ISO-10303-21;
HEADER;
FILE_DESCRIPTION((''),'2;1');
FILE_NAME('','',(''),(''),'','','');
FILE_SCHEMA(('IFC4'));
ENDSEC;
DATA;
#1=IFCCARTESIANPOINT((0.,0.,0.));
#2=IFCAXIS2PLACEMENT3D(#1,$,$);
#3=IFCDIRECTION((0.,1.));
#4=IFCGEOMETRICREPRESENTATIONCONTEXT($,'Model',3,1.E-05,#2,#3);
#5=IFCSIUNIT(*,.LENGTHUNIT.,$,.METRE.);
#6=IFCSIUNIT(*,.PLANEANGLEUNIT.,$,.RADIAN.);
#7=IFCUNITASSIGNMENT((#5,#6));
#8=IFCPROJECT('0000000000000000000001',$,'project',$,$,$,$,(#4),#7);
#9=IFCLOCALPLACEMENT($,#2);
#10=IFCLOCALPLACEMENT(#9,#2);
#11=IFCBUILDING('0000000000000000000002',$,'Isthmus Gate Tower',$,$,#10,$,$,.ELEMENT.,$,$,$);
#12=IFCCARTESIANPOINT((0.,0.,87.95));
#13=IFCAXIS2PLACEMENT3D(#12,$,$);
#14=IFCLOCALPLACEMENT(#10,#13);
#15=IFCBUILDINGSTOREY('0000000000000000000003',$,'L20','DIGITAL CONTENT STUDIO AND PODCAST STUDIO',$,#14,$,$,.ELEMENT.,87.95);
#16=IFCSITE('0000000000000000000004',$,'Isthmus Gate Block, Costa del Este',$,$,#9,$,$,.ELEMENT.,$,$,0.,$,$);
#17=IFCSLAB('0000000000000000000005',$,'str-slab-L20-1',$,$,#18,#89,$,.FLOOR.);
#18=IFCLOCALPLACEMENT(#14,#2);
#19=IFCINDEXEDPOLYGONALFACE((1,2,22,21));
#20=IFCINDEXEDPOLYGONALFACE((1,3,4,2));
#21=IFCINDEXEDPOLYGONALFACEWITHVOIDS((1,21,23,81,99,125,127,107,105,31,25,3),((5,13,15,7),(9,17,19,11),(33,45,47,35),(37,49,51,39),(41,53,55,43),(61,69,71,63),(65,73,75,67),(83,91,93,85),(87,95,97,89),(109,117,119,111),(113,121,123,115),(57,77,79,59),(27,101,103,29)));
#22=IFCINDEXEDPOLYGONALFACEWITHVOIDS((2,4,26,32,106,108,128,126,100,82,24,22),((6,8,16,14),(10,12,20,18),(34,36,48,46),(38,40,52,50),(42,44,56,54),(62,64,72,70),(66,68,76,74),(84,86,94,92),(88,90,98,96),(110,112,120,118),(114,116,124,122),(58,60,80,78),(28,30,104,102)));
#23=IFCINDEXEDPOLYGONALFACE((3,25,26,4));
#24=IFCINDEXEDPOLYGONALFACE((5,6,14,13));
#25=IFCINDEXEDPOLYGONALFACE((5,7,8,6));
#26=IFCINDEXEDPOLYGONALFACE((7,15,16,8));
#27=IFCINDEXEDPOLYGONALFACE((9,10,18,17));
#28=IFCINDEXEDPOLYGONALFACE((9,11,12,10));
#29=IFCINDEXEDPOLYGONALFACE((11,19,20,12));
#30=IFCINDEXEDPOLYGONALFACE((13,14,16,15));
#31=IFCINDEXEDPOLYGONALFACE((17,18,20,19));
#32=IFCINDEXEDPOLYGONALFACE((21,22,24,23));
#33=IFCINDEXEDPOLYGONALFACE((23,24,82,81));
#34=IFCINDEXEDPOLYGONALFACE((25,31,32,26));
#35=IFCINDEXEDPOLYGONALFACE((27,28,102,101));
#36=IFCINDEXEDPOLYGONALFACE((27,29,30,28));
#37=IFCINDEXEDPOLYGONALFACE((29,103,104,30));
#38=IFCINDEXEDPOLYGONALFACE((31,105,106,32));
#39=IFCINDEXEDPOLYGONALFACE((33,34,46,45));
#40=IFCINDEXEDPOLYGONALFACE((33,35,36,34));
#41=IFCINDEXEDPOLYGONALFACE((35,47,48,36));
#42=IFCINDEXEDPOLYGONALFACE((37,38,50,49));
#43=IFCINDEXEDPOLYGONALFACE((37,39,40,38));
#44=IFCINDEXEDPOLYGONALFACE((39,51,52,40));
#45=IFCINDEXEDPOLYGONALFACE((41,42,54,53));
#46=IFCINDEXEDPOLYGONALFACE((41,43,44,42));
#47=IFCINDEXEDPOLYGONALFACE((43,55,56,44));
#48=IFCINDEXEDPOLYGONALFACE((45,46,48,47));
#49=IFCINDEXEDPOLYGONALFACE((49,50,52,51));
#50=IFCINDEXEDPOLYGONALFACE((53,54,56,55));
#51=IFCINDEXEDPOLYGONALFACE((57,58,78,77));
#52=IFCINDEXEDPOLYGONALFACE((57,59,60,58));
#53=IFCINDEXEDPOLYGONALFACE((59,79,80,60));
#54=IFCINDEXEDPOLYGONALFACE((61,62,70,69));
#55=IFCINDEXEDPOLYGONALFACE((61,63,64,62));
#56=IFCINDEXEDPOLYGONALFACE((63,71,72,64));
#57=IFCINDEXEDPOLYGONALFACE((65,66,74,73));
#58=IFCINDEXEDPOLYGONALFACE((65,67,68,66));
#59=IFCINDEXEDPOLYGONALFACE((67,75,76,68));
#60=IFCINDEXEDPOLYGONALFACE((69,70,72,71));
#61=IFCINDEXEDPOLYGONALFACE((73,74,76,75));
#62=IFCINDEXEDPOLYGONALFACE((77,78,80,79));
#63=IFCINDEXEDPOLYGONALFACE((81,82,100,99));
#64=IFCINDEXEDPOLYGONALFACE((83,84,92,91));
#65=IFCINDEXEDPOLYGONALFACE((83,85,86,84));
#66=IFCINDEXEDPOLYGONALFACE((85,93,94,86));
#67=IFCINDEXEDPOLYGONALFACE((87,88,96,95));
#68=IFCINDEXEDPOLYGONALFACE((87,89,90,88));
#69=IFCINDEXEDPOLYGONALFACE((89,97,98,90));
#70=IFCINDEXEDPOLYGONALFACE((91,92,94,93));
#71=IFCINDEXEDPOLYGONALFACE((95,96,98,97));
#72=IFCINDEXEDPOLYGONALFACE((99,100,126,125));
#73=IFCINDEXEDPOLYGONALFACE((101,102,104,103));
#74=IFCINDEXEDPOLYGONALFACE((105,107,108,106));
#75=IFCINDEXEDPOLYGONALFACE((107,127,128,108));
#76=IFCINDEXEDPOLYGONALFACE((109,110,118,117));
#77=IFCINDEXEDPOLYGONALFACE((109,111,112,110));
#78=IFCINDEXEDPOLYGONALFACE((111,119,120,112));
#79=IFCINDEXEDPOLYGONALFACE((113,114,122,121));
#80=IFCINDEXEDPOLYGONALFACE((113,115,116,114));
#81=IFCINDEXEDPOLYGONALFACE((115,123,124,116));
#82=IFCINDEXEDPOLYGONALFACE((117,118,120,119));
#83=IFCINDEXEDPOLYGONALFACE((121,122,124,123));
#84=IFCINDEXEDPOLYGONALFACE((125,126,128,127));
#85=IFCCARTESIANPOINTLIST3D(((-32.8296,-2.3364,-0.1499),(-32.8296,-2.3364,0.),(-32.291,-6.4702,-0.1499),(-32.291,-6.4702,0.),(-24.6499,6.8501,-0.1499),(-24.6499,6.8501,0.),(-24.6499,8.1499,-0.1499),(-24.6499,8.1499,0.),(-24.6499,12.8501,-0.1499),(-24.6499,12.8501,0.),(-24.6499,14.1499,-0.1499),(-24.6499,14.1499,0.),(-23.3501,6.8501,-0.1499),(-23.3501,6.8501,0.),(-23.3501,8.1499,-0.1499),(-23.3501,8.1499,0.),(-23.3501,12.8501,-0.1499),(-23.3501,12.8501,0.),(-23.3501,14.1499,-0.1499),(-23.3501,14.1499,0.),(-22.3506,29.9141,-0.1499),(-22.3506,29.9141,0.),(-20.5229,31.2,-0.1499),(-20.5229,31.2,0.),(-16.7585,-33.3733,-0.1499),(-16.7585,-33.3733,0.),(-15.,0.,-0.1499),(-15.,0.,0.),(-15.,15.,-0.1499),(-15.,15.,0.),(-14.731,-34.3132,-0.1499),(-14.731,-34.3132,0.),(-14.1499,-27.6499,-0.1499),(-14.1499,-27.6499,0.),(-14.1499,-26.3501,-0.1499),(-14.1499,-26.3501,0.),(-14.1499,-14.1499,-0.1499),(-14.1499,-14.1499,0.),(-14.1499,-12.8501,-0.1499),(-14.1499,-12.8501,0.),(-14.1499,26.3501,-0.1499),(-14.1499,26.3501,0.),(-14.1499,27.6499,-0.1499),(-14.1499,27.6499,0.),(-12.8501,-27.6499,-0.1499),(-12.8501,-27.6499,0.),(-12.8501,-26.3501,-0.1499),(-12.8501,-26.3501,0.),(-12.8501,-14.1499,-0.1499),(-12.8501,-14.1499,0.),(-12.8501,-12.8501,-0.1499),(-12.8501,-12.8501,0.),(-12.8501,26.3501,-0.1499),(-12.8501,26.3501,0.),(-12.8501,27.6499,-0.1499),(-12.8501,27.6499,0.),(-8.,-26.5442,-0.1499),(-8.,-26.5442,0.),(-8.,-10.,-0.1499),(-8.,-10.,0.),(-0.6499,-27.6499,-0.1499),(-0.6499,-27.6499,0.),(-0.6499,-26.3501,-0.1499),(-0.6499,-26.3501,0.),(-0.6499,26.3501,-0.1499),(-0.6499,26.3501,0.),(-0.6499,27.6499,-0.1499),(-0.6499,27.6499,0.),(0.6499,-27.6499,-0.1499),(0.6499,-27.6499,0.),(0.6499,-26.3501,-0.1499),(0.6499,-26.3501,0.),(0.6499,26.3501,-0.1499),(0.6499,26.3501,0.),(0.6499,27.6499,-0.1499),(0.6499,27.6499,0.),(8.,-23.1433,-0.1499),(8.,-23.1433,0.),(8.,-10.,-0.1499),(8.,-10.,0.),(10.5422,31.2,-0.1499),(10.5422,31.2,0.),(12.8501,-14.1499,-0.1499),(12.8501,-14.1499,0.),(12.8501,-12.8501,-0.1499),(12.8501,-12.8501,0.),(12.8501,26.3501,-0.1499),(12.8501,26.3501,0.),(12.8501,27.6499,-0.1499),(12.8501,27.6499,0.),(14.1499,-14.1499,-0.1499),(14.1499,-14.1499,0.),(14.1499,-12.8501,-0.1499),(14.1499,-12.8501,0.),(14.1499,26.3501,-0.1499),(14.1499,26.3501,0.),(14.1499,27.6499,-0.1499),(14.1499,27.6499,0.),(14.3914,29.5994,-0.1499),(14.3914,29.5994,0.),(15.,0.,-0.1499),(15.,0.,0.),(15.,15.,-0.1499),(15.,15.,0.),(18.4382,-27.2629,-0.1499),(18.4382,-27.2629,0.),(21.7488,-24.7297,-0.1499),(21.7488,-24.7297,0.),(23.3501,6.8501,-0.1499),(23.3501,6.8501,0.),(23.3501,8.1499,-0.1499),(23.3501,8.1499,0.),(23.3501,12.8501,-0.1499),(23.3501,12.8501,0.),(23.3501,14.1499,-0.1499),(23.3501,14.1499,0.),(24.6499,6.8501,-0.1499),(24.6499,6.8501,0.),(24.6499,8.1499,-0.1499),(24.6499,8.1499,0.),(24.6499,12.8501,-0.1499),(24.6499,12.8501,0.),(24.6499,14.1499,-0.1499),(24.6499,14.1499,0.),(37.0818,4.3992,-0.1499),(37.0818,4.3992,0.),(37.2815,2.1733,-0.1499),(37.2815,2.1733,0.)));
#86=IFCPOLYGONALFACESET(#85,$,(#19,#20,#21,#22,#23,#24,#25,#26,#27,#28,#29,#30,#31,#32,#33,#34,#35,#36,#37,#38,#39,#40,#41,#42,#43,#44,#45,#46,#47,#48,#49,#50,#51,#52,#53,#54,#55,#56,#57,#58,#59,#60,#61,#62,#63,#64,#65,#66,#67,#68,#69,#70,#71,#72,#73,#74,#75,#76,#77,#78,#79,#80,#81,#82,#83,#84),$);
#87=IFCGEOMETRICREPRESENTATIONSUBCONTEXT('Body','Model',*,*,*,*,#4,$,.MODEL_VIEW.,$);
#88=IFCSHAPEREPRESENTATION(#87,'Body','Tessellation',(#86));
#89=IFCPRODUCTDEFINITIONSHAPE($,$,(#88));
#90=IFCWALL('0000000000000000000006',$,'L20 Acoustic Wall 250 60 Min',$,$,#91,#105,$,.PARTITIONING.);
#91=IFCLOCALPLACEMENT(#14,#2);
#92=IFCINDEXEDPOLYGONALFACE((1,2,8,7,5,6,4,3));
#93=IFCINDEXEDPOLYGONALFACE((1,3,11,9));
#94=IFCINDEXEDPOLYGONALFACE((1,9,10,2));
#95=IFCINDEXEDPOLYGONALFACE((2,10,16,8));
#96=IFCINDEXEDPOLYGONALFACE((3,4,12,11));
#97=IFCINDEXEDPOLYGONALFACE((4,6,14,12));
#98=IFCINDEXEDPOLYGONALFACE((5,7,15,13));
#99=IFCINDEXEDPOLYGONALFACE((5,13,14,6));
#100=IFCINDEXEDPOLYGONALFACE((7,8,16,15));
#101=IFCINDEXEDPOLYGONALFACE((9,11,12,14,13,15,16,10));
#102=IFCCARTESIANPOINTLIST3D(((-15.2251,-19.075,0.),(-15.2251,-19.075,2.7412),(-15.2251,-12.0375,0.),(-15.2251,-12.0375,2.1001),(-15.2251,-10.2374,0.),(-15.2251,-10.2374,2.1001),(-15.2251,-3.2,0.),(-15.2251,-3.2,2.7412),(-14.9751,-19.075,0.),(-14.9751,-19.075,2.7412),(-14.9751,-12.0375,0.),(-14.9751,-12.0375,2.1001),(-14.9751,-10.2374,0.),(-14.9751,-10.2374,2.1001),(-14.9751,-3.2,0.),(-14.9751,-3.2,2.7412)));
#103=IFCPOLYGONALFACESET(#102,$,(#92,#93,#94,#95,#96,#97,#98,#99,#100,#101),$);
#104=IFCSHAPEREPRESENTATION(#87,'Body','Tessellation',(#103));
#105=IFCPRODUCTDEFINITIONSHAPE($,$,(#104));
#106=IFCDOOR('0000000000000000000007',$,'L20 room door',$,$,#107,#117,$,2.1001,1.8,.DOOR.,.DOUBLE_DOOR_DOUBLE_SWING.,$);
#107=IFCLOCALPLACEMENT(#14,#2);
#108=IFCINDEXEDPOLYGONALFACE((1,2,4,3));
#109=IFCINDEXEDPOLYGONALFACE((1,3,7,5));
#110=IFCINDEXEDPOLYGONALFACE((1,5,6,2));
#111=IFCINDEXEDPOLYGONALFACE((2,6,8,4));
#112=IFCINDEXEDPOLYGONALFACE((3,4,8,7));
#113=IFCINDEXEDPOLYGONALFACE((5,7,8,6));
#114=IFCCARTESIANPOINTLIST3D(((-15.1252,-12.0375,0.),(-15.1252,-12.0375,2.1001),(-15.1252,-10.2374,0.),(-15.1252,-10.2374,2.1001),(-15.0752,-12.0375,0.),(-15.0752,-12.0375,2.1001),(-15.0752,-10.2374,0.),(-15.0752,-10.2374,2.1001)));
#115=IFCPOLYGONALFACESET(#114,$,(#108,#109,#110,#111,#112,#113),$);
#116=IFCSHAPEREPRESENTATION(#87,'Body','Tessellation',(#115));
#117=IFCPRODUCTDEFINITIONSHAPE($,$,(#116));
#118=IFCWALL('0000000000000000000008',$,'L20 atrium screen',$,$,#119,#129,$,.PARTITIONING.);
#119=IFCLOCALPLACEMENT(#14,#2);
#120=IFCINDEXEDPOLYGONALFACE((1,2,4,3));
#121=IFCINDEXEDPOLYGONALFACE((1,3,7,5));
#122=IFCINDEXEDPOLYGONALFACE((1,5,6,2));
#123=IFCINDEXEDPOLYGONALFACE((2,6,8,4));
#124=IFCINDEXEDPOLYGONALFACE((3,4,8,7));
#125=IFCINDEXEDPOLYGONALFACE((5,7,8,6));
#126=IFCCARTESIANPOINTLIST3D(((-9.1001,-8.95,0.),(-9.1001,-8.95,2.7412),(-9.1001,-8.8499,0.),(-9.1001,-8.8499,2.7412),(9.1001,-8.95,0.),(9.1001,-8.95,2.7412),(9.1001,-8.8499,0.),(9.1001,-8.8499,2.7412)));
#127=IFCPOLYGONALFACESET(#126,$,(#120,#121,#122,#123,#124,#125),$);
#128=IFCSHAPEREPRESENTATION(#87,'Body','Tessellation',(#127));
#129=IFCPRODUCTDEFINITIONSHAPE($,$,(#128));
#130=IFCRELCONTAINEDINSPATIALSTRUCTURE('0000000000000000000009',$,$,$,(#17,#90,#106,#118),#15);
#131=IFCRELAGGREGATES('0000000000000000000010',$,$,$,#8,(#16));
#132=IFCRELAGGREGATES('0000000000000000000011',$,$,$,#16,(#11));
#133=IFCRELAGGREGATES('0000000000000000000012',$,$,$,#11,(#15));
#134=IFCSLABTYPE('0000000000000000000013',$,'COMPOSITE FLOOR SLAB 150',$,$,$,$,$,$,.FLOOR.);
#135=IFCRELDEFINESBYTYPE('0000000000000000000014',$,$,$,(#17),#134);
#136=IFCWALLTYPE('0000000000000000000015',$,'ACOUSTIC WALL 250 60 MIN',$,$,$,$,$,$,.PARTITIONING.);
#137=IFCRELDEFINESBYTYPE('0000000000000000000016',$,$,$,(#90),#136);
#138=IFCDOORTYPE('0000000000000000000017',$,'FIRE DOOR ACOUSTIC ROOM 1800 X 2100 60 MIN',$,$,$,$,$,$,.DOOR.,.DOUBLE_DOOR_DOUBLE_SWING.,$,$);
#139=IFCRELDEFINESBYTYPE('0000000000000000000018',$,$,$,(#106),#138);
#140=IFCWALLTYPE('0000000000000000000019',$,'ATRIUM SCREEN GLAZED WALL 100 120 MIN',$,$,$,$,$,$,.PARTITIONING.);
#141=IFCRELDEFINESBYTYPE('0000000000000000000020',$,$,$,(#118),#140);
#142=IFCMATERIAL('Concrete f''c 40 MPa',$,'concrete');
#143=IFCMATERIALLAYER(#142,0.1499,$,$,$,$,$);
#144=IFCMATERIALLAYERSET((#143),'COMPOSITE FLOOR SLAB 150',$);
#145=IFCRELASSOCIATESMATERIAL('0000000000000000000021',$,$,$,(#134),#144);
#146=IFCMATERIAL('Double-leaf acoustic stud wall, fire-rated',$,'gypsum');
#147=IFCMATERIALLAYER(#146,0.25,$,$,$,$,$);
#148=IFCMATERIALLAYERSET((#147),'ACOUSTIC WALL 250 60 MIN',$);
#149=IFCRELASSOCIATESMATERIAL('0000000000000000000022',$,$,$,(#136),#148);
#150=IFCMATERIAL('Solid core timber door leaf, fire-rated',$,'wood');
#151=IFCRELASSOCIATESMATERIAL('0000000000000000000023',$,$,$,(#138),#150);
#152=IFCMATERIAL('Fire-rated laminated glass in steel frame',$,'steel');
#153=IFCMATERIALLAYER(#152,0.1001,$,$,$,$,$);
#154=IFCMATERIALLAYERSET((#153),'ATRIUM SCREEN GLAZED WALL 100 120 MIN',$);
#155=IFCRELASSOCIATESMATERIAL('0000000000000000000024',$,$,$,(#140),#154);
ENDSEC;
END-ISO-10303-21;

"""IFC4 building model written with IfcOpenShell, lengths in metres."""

from ifc_helpers import new_model, si_unit, direction, frame, frame_2d, origin, place, context, subcontext, project, spatial, polyline, rectangle, outline, extrude, material, layer, layer_set, type_object, element, fill, save


model = new_model("IFC4")

# Units and contexts
model_context = context("Model", 3, precision=1e-05, world=origin(), true_north=direction((0.0, 1.0)))
body_context = subcontext(model_context, "Body", "Model", "MODEL_VIEW")
ifc_project = project(units=[si_unit("LENGTHUNIT", "METRE"), si_unit("PLANEANGLEUNIT", "RADIAN")], contexts=[model_context])

# Site, building, storey
site_placement = place(None, origin())
site = spatial("IfcSite", under=ifc_project, at=site_placement, Name="Isthmus Gate Block, Costa del Este", CompositionType="ELEMENT", RefElevation=0.0)
building_placement = place(site_placement, origin())
building = spatial("IfcBuilding", under=site, at=building_placement, Name="Isthmus Gate Tower", CompositionType="ELEMENT")
storey_placement = place(building_placement, frame((0.0, 0.0, 87.95)))
storey = spatial("IfcBuildingStorey", under=building, at=storey_placement, Name="L20", Description="DIGITAL CONTENT STUDIO AND PODCAST STUDIO", CompositionType="ELEMENT", Elevation=87.95)

# Slab
ifc_material_1 = material(Name="Concrete f'c 40 MPa", Category="concrete")
ifc_layer_1 = layer(ifc_material_1, 0.1499)
ifc_layer_set_1 = layer_set([ifc_layer_1], Name="COMPOSITE FLOOR SLAB 150")
slab_type = type_object("IfcSlabType", Name="COMPOSITE FLOOR SLAB 150", PredefinedType="FLOOR", material=ifc_layer_set_1)
slab_placement = place(storey_placement, frame((0.0, 0.0, -0.1499)))
element("IfcSlab", 1, at=slab_placement, inside=storey, type_object=slab_type, Name="str-slab-L20-1", PredefinedType="FLOOR", context=body_context, shape_type="SweptSolid", body=[
    extrude(outline(polyline([(14.3914, 29.5994), (37.0818, 4.3992), (37.2815, 2.1733), (21.7488, -24.7297), (18.4382, -27.2629), (-14.731, -34.3132), (-16.7585, -33.3733), (-32.291, -6.4702), (-32.8296, -2.3364), (-22.3506, 29.9141), (-20.5229, 31.2), (10.5422, 31.2), (14.3914, 29.5994)]), holes=[polyline([(-14.1499, -27.6499), (-12.8501, -27.6499), (-12.8501, -26.3501), (-14.1499, -26.3501), (-14.1499, -27.6499)]), polyline([(-0.6499, -26.3501), (-0.6499, -27.6499), (0.6499, -27.6499), (0.6499, -26.3501), (-0.6499, -26.3501)]), polyline([(-14.1499, -12.8501), (-14.1499, -14.1499), (-12.8501, -14.1499), (-12.8501, -12.8501), (-14.1499, -12.8501)]), polyline([(-24.6499, 8.1499), (-24.6499, 6.8501), (-23.3501, 6.8501), (-23.3501, 8.1499), (-24.6499, 8.1499)]), polyline([(-23.3501, 14.1499), (-24.6499, 14.1499), (-24.6499, 12.8501), (-23.3501, 12.8501), (-23.3501, 14.1499)]), polyline([(-14.1499, 27.6499), (-14.1499, 26.3501), (-12.8501, 26.3501), (-12.8501, 27.6499), (-14.1499, 27.6499)]), polyline([(-0.6499, 27.6499), (-0.6499, 26.3501), (0.6499, 26.3501), (0.6499, 27.6499), (-0.6499, 27.6499)]), polyline([(8.0, -23.1433), (8.0, -10.0), (-8.0, -10.0), (-8.0, -26.5442), (8.0, -23.1433)]), polyline([(14.1499, -12.8501), (12.8501, -12.8501), (12.8501, -14.1499), (14.1499, -14.1499), (14.1499, -12.8501)]), polyline([(15.0, 15.0), (-15.0, 15.0), (-15.0, 0.0), (15.0, 0.0), (15.0, 15.0)]), polyline([(24.6499, 8.1499), (23.3501, 8.1499), (23.3501, 6.8501), (24.6499, 6.8501), (24.6499, 8.1499)]), polyline([(23.3501, 14.1499), (23.3501, 12.8501), (24.6499, 12.8501), (24.6499, 14.1499), (23.3501, 14.1499)]), polyline([(14.1499, 27.6499), (12.8501, 27.6499), (12.8501, 26.3501), (14.1499, 26.3501), (14.1499, 27.6499)])]), origin(), (0.0, 0.0, 1.0), 0.1499),
])

# Wall, opening, door
ifc_material_2 = material(Name="Double-leaf acoustic stud wall, fire-rated", Category="gypsum")
ifc_layer_2 = layer(ifc_material_2, 0.25)
ifc_layer_set_2 = layer_set([ifc_layer_2], Name="ACOUSTIC WALL 250 60 MIN")
wall_type_1 = type_object("IfcWallType", Name="ACOUSTIC WALL 250 60 MIN", PredefinedType="PARTITIONING", material=ifc_layer_set_2)
wall_1_placement = place(storey_placement, frame((-15.1001, -3.2, 0.0), z_axis=(0.0, 0.0, 1.0), x_axis=(0.0, -1.0, 0.0)))
wall_1 = element("IfcWall", 2, at=wall_1_placement, inside=storey, type_object=wall_type_1, Name="L20 Acoustic Wall 250 60 Min", PredefinedType="PARTITIONING", context=body_context, shape_type="SweptSolid", body=[
    extrude(rectangle(XDim=15.875, YDim=0.25, at=frame_2d((7.9375, 0.0))), origin(), (0.0, 0.0, 1.0), 2.7412),
])
opening_placement = place(wall_1_placement, frame((7.0376, 0.0, 0.0)))
opening = element("IfcOpeningElement", 3, at=opening_placement, cuts=wall_1, PredefinedType="OPENING", context=body_context, shape_type="SweptSolid", body=[
    extrude(rectangle(XDim=1.8, YDim=2.1001, at=frame_2d((0.8999, 1.05))), frame((0.0, 0.135, 0.0), z_axis=(0.0, -1.0, 0.0), x_axis=(1.0, 0.0, 0.0)), (0.0, 0.0, 1.0), 0.27),
])
ifc_material_3 = material(Name="Solid core timber door leaf, fire-rated", Category="wood")
door_type = type_object("IfcDoorType", Name="FIRE DOOR ACOUSTIC ROOM 1800 X 2100 60 MIN", OperationType="DOUBLE_DOOR_DOUBLE_SWING", PredefinedType="DOOR", material=ifc_material_3)
door_placement = place(opening_placement, origin())
door = element("IfcDoor", 4, at=door_placement, inside=storey, type_object=door_type, Name="L20 room door", OperationType="DOUBLE_DOOR_DOUBLE_SWING", OverallHeight=2.1001, OverallWidth=1.8, PredefinedType="DOOR", context=body_context, shape_type="SweptSolid", body=[
    extrude(rectangle(XDim=1.8, YDim=2.1001, at=frame_2d((0.8999, 1.05))), frame((0.0, 0.0249, 0.0), z_axis=(0.0, -1.0, 0.0), x_axis=(1.0, 0.0, 0.0)), (0.0, 0.0, 1.0), 0.05),
])
fill(opening, door)

# Wall
ifc_material_4 = material(Name="Fire-rated laminated glass in steel frame", Category="steel")
ifc_layer_3 = layer(ifc_material_4, 0.1001)
ifc_layer_set_3 = layer_set([ifc_layer_3], Name="ATRIUM SCREEN GLAZED WALL 100 120 MIN")
wall_type_2 = type_object("IfcWallType", Name="ATRIUM SCREEN GLAZED WALL 100 120 MIN", PredefinedType="PARTITIONING", material=ifc_layer_set_3)
wall_2_placement = place(storey_placement, frame((-9.1001, -8.8999, 0.0), z_axis=(0.0, 0.0, 1.0), x_axis=(1.0, 0.0, 0.0)))
element("IfcWall", 5, at=wall_2_placement, inside=storey, type_object=wall_type_2, Name="L20 atrium screen", PredefinedType="PARTITIONING", context=body_context, shape_type="SweptSolid", body=[
    extrude(rectangle(XDim=18.2002, YDim=0.1001, at=frame_2d((9.1001, 0.0))), origin(), (0.0, 0.0, 1.0), 2.7412),
])

save(model, "model.ifc")
